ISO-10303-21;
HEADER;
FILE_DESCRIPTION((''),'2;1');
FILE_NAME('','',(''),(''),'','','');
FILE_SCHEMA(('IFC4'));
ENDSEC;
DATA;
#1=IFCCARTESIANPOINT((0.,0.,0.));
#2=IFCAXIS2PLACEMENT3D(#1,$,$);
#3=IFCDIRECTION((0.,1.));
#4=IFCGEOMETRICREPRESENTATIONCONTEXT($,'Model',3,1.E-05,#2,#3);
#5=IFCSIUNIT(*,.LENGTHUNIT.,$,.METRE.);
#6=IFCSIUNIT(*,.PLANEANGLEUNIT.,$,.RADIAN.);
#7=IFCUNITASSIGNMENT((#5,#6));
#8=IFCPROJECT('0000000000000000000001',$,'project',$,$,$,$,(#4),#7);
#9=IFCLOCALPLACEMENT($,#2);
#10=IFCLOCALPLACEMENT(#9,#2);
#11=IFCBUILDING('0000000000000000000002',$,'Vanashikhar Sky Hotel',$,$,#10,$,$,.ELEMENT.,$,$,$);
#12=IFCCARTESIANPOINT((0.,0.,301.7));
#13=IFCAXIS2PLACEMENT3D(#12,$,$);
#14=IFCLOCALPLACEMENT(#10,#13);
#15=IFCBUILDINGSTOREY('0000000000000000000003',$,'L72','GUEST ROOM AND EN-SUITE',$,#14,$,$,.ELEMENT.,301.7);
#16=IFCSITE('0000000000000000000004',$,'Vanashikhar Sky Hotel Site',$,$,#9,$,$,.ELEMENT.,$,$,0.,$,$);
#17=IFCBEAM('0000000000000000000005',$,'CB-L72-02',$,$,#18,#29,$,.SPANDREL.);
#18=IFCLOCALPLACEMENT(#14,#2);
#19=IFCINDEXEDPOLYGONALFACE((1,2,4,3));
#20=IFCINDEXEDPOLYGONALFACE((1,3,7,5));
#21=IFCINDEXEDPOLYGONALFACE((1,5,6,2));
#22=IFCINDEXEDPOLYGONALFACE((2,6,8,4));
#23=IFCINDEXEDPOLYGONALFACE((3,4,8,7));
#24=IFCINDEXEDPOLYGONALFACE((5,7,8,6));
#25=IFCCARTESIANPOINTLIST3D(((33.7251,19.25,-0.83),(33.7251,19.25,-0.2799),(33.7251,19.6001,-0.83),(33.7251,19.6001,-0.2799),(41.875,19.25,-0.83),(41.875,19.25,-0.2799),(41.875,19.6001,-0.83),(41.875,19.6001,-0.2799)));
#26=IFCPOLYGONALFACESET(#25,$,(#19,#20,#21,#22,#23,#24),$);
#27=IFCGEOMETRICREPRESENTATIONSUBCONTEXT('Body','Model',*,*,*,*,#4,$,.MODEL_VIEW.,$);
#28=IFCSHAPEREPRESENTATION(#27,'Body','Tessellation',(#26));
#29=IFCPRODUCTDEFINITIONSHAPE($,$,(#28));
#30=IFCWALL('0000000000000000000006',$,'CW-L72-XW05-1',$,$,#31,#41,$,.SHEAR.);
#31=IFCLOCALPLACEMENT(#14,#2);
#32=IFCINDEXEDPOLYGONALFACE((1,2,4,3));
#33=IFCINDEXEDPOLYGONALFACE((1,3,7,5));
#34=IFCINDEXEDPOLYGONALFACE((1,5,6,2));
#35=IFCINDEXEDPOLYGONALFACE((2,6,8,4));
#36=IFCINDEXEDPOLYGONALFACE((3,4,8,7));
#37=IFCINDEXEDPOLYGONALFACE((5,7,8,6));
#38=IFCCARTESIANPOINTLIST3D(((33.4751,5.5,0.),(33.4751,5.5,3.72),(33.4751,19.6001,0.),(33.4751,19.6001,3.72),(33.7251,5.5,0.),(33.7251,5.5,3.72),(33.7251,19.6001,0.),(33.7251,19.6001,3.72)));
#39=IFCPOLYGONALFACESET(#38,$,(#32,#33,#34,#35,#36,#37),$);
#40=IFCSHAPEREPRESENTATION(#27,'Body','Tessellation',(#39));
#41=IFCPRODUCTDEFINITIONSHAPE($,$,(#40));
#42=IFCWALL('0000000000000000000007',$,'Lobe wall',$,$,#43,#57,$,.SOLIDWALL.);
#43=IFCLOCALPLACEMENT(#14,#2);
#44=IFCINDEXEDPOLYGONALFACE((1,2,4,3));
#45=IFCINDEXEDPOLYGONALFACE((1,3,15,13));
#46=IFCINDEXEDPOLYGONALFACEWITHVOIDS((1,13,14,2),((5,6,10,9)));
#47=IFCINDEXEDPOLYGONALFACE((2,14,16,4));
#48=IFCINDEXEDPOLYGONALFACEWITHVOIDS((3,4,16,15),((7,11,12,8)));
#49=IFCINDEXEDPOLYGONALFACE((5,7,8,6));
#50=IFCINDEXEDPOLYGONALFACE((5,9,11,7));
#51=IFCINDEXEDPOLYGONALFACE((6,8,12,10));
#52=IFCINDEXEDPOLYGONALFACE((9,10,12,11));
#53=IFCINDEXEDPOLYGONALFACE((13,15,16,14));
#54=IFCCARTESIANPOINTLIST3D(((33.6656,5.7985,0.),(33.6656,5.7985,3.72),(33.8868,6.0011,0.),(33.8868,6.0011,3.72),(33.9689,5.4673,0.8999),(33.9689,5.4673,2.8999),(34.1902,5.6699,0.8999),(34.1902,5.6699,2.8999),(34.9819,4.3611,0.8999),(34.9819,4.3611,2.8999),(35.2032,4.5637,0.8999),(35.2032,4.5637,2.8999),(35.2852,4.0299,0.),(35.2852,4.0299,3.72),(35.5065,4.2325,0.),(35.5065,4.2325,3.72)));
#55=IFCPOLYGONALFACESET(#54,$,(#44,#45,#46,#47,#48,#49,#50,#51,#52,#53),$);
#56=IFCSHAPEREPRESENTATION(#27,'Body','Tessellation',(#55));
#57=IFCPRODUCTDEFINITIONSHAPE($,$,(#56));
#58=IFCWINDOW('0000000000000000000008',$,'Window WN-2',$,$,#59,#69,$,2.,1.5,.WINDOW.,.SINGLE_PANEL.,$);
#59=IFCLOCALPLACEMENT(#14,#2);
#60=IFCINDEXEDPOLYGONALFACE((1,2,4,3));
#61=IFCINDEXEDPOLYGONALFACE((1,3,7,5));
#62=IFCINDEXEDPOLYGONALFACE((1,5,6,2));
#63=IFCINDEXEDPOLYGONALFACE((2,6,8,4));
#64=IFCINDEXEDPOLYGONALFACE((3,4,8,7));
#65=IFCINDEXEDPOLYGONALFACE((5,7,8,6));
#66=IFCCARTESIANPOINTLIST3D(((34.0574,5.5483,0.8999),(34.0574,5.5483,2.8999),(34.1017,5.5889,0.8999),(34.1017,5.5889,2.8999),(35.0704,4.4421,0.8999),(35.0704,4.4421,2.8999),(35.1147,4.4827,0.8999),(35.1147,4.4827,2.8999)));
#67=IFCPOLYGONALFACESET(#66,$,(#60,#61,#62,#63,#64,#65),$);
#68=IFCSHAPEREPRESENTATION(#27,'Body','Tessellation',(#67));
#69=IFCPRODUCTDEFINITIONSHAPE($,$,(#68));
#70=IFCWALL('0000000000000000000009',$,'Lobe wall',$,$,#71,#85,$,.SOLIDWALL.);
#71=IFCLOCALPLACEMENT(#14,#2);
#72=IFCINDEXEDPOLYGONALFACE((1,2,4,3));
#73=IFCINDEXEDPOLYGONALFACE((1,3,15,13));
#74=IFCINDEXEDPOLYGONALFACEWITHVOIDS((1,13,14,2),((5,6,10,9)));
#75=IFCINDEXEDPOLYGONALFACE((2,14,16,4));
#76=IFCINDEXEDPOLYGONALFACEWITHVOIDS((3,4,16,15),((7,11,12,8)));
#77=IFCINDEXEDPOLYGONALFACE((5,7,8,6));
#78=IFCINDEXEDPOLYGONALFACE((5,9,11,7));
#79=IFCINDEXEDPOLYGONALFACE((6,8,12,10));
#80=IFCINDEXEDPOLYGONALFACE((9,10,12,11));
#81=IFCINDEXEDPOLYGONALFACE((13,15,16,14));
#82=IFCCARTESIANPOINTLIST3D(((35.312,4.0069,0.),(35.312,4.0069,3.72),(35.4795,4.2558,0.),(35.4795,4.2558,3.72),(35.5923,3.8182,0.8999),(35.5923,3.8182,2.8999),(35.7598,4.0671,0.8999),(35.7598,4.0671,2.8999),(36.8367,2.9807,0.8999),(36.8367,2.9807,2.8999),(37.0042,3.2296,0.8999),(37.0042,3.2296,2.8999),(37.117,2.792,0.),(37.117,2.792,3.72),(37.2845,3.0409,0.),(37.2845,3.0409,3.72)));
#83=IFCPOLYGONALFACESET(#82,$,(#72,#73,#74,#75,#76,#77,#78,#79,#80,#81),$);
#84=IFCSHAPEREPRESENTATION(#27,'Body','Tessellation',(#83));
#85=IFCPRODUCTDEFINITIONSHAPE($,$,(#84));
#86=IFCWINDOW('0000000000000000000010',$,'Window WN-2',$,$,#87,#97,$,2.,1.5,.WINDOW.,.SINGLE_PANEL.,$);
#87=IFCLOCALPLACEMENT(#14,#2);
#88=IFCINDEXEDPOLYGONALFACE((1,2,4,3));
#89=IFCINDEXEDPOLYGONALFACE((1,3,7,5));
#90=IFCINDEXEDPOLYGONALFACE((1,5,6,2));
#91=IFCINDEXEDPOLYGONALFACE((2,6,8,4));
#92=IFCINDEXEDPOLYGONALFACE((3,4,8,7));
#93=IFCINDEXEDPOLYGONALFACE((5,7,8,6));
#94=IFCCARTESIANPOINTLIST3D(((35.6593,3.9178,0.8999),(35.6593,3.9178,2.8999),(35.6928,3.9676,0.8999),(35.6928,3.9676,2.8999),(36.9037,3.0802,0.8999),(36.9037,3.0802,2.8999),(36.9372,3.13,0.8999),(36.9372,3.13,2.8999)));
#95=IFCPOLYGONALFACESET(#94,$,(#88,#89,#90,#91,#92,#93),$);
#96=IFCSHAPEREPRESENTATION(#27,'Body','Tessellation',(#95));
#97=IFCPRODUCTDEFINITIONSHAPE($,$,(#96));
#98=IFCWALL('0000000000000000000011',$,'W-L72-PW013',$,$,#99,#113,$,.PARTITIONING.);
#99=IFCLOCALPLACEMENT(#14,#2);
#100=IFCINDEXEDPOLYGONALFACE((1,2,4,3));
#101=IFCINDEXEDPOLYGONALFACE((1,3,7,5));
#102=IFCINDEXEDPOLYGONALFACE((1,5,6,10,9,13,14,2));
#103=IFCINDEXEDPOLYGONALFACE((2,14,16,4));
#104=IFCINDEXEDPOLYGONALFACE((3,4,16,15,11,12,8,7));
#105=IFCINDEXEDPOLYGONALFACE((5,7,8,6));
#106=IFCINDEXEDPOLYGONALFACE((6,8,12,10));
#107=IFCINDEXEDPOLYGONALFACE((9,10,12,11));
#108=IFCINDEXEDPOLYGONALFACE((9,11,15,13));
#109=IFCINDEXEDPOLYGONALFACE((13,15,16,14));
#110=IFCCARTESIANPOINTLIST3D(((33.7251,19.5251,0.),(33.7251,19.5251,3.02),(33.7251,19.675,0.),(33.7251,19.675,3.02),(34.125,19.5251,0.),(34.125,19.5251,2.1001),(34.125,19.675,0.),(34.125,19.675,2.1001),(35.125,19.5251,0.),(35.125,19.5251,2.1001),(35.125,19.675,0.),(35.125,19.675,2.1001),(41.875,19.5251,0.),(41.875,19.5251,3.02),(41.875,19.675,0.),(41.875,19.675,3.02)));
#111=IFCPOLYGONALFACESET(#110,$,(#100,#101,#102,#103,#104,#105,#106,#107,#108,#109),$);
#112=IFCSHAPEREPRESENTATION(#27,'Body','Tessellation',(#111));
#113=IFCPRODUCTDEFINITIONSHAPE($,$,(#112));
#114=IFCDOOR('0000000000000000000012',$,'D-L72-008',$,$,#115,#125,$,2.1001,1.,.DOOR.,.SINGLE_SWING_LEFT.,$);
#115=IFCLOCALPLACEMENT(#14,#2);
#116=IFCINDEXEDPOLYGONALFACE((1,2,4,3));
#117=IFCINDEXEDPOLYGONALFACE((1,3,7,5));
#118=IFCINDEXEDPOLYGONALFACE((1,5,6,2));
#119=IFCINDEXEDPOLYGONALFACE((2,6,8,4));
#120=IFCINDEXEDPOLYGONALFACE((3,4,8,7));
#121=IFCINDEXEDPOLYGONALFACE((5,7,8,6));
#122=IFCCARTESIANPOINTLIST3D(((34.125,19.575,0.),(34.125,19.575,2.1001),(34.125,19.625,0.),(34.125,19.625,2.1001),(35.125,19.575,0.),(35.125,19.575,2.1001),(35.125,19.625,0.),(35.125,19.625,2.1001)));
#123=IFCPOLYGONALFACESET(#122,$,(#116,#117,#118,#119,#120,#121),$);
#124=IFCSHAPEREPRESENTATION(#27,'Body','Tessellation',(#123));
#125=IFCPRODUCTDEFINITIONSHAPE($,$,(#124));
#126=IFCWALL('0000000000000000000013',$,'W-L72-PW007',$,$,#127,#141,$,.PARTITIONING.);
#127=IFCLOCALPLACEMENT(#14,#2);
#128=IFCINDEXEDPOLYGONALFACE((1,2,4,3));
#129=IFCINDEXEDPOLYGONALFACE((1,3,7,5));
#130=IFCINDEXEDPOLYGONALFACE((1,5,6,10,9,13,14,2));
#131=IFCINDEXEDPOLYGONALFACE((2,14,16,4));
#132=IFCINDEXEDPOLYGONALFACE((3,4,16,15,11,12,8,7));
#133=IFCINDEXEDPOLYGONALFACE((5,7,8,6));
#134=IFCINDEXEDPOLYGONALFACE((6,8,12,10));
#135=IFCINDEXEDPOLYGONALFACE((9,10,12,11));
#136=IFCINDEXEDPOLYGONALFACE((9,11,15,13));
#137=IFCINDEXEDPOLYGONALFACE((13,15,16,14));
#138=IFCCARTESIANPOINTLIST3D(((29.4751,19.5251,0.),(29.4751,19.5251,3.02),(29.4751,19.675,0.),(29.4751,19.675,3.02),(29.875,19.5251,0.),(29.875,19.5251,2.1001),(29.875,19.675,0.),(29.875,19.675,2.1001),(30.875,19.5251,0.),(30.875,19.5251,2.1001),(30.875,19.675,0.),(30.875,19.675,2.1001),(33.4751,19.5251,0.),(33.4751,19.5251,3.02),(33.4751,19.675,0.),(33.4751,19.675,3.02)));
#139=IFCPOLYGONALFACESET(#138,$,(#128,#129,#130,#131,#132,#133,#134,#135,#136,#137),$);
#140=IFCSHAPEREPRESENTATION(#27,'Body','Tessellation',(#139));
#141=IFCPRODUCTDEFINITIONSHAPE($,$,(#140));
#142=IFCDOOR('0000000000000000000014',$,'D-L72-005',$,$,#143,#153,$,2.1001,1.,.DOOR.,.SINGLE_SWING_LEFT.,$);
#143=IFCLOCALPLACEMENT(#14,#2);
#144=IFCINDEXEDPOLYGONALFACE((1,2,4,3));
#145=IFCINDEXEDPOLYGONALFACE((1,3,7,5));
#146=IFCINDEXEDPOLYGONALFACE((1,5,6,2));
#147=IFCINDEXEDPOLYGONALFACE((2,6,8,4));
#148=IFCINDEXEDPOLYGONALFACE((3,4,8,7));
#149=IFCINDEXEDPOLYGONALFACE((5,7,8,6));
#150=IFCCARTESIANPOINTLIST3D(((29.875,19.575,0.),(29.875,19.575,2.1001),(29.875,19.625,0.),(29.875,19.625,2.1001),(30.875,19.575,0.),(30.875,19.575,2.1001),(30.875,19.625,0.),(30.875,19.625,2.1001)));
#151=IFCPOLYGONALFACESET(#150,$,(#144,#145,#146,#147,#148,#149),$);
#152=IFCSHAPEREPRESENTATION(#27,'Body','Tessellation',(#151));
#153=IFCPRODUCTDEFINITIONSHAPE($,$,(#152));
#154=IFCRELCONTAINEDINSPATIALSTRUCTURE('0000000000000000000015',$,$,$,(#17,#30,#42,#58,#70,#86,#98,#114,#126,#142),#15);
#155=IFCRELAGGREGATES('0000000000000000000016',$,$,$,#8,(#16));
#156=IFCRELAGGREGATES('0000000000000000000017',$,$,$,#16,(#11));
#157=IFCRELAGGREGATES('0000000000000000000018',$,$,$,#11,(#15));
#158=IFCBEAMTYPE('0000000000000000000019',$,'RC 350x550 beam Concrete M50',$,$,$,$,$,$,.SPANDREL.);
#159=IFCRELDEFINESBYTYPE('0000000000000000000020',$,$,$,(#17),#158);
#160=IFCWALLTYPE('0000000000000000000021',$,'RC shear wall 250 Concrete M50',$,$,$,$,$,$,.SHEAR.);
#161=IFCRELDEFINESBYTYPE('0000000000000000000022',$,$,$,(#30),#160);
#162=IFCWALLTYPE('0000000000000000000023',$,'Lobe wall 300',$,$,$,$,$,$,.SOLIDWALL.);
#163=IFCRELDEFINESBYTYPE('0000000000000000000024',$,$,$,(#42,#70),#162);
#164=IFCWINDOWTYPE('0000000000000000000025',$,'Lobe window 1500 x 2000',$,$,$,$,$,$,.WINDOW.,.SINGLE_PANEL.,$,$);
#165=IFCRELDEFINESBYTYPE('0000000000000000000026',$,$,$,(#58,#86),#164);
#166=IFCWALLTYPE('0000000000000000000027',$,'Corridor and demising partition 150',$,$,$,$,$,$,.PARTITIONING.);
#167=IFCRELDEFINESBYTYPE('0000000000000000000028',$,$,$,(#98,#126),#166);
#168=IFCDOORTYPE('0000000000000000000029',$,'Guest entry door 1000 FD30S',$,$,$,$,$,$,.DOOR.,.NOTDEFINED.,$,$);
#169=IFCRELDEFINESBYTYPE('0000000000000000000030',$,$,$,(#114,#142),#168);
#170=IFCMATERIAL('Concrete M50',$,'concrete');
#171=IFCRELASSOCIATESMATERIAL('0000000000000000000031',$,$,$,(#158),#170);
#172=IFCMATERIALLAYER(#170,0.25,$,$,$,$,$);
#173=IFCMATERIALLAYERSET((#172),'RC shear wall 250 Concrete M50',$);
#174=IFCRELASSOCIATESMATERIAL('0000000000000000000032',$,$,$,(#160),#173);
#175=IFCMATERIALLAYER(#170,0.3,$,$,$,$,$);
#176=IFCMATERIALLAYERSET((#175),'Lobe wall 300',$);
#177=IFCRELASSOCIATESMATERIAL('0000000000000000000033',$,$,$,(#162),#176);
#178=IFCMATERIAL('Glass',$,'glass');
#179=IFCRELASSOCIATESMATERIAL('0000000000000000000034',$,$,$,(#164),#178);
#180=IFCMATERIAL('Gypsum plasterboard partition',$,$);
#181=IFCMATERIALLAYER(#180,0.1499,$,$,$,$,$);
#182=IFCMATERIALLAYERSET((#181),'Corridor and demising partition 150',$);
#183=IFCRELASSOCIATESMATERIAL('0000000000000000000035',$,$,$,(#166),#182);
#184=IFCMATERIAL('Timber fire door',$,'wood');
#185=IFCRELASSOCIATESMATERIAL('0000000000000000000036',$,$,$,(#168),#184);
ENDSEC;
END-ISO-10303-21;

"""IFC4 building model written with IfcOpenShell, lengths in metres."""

from ifc_helpers import new_model, si_unit, direction, frame, frame_2d, origin, origin_2d, place, context, subcontext, project, spatial, rectangle, extrude, source, transform, mapped, material, layer, layer_set, material_profile, profile_set, type_object, element, fill, save


model = new_model("IFC4")

# Units and contexts
model_context = context("Model", 3, precision=1e-05, world=origin(), true_north=direction((0.0, 1.0)))
body_context = subcontext(model_context, "Body", "Model", "MODEL_VIEW")
ifc_project = project(units=[si_unit("LENGTHUNIT", "METRE"), si_unit("PLANEANGLEUNIT", "RADIAN")], contexts=[model_context])

# Site, building, storey
site_placement = place(None, origin())
site = spatial("IfcSite", under=ifc_project, at=site_placement, Name="Vanashikhar Sky Hotel Site", CompositionType="ELEMENT", RefElevation=0.0)
building_placement = place(site_placement, origin())
building = spatial("IfcBuilding", under=site, at=building_placement, Name="Vanashikhar Sky Hotel", CompositionType="ELEMENT")
storey_placement = place(building_placement, frame((0.0, 0.0, 301.7)))
storey = spatial("IfcBuildingStorey", under=building, at=storey_placement, Name="L72", Description="GUEST ROOM AND EN-SUITE", CompositionType="ELEMENT", Elevation=301.7)

# Beam
ifc_material_1 = material(Name="Concrete M50", Category="concrete")
ifc_material_profile_1 = material_profile(ifc_material_1, rectangle(XDim=0.3501, YDim=0.55, at=origin_2d()))
ifc_profile_set_1 = profile_set([ifc_material_profile_1], Name="RC 350x550 beam Concrete M50")
beam_type = type_object("IfcBeamType", Name="RC 350x550 beam Concrete M50", PredefinedType="SPANDREL", material=ifc_profile_set_1)
shared_shape_1 = source(origin(), body_context, "Body", "SweptSolid", [
    extrude(rectangle(XDim=0.3501, YDim=0.55, at=origin_2d()), origin(), (0.0, 0.0, 1.0), 8.1499),
])
beam_placement = place(storey_placement, frame((33.7251, 19.425, -0.5549), z_axis=(1.0, 0.0, 0.0), x_axis=(0.0, 1.0, 0.0)))
element("IfcBeam", 1, at=beam_placement, inside=storey, type_object=beam_type, Name="CB-L72-02", PredefinedType="SPANDREL", context=body_context, shape_type="MappedRepresentation", body=[
    mapped(shared_shape_1, transform((0.0, 0.0, 0.0), scale=1.0)),
])

# Wall
ifc_layer_1 = layer(ifc_material_1, 0.25)
ifc_layer_set_1 = layer_set([ifc_layer_1], Name="RC shear wall 250 Concrete M50")
wall_type_1 = type_object("IfcWallType", Name="RC shear wall 250 Concrete M50", PredefinedType="SHEAR", material=ifc_layer_set_1)
shared_shape_2 = source(origin(), body_context, "Body", "SweptSolid", [
    extrude(rectangle(XDim=14.1001, YDim=0.25, at=frame_2d((7.05, 0.0))), origin(), (0.0, 0.0, 1.0), 3.72),
])
wall_1_placement = place(storey_placement, frame((33.6001, 5.5, 0.0), z_axis=(0.0, 0.0, 1.0), x_axis=(0.0, 1.0, 0.0)))
element("IfcWall", 2, at=wall_1_placement, inside=storey, type_object=wall_type_1, Name="CW-L72-XW05-1", PredefinedType="SHEAR", context=body_context, shape_type="MappedRepresentation", body=[
    mapped(shared_shape_2, transform((0.0, 0.0, 0.0), scale=1.0)),
])

# Walls, openings, windows
ifc_layer_2 = layer(ifc_material_1, 0.3)
ifc_layer_set_2 = layer_set([ifc_layer_2], Name="Lobe wall 300")
wall_type_2 = type_object("IfcWallType", Name="Lobe wall 300", PredefinedType="SOLIDWALL", material=ifc_layer_set_2)
shared_shape_3 = source(origin(), body_context, "Body", "SweptSolid", [
    extrude(rectangle(XDim=2.3982, YDim=0.3, at=frame_2d((1.1992, 0.0))), origin(), (0.0, 0.0, 1.0), 3.72),
])
wall_2_placement = place(storey_placement, frame((33.7761, 5.8999, 0.0), z_axis=(0.0, 0.0, 1.0), x_axis=(0.675374, -0.737475, 0.0)))
wall_2 = element("IfcWall", 3, at=wall_2_placement, inside=storey, type_object=wall_type_2, Name="Lobe wall", PredefinedType="SOLIDWALL", context=body_context, shape_type="MappedRepresentation", body=[
    mapped(shared_shape_3, transform((0.0, 0.0, 0.0), scale=1.0)),
])
shared_shape_4 = source(origin(), body_context, "Body", "SweptSolid", [
    extrude(rectangle(XDim=1.5, YDim=2.0, at=frame_2d((0.75, 1.0))), frame((0.0, 0.1602, 0.0), z_axis=(0.0, -1.0, 0.0), x_axis=(1.0, 0.0, 0.0)), (0.0, 0.0, 1.0), 0.3201),
])
opening_1_placement = place(wall_2_placement, frame((0.4492, 0.0, 0.8999)))
opening_1 = element("IfcOpeningElement", 4, at=opening_1_placement, cuts=wall_2, PredefinedType="OPENING", context=body_context, shape_type="MappedRepresentation", body=[
    mapped(shared_shape_4, transform((0.0, 0.0, 0.0), scale=1.0)),
])
ifc_material_2 = material(Name="Glass", Category="glass")
window_type = type_object("IfcWindowType", Name="Lobe window 1500 x 2000", PartitioningType="SINGLE_PANEL", PredefinedType="WINDOW", material=ifc_material_2)
shared_shape_5 = source(origin(), body_context, "Body", "SweptSolid", [
    extrude(rectangle(XDim=1.5, YDim=2.0, at=frame_2d((0.75, 1.0))), frame((0.0, 0.03, 0.0), z_axis=(0.0, -1.0, 0.0), x_axis=(1.0, 0.0, 0.0)), (0.0, 0.0, 1.0), 0.0601),
])
window_1_placement = place(opening_1_placement, origin())
window_1 = element("IfcWindow", 5, at=window_1_placement, inside=storey, type_object=window_type, Name="Window WN-2", OverallHeight=2.0, OverallWidth=1.5, PartitioningType="SINGLE_PANEL", PredefinedType="WINDOW", context=body_context, shape_type="MappedRepresentation", body=[
    mapped(shared_shape_5, transform((0.0, 0.0, 0.0), scale=1.0)),
])
fill(opening_1, window_1)
shared_shape_6 = source(origin(), body_context, "Body", "SweptSolid", [
    extrude(rectangle(XDim=2.1758, YDim=0.3, at=frame_2d((1.0879, 0.0))), origin(), (0.0, 0.0, 1.0), 3.72),
])
wall_3_placement = place(storey_placement, frame((35.3958, 4.1313, 0.0), z_axis=(0.0, 0.0, 1.0), x_axis=(0.829591, -0.558372, 0.0)))
wall_3 = element("IfcWall", 6, at=wall_3_placement, inside=storey, type_object=wall_type_2, Name="Lobe wall", PredefinedType="SOLIDWALL", context=body_context, shape_type="MappedRepresentation", body=[
    mapped(shared_shape_6, transform((0.0, 0.0, 0.0), scale=1.0)),
])
opening_2_placement = place(wall_3_placement, frame((0.3379, 0.0, 0.8999)))
opening_2 = element("IfcOpeningElement", 7, at=opening_2_placement, cuts=wall_3, PredefinedType="OPENING", context=body_context, shape_type="MappedRepresentation", body=[
    mapped(shared_shape_4, transform((0.0, 0.0, 0.0), scale=1.0)),
])
window_2_placement = place(opening_2_placement, origin())
window_2 = element("IfcWindow", 8, at=window_2_placement, inside=storey, type_object=window_type, Name="Window WN-2", OverallHeight=2.0, OverallWidth=1.5, PartitioningType="SINGLE_PANEL", PredefinedType="WINDOW", context=body_context, shape_type="MappedRepresentation", body=[
    mapped(shared_shape_5, transform((0.0, 0.0, 0.0), scale=1.0)),
])
fill(opening_2, window_2)

# Walls, openings, doors
ifc_material_3 = material(Name="Gypsum plasterboard partition")
ifc_layer_3 = layer(ifc_material_3, 0.1499)
ifc_layer_set_3 = layer_set([ifc_layer_3], Name="Corridor and demising partition 150")
wall_type_3 = type_object("IfcWallType", Name="Corridor and demising partition 150", PredefinedType="PARTITIONING", material=ifc_layer_set_3)
shared_shape_7 = source(origin(), body_context, "Body", "SweptSolid", [
    extrude(rectangle(XDim=8.1499, YDim=0.1499, at=frame_2d((4.075, 0.0))), origin(), (0.0, 0.0, 1.0), 3.02),
])
wall_4_placement = place(storey_placement, frame((33.7251, 19.6001, 0.0), z_axis=(0.0, 0.0, 1.0), x_axis=(1.0, 0.0, 0.0)))
wall_4 = element("IfcWall", 9, at=wall_4_placement, inside=storey, type_object=wall_type_3, Name="W-L72-PW013", PredefinedType="PARTITIONING", context=body_context, shape_type="MappedRepresentation", body=[
    mapped(shared_shape_7, transform((0.0, 0.0, 0.0), scale=1.0)),
])
shared_shape_8 = source(origin(), body_context, "Body", "SweptSolid", [
    extrude(rectangle(XDim=1.0, YDim=2.1001, at=frame_2d((0.5, 1.05))), frame((0.0, 0.085, 0.0), z_axis=(0.0, -1.0, 0.0), x_axis=(1.0, 0.0, 0.0)), (0.0, 0.0, 1.0), 0.1699),
])
opening_3_placement = place(wall_4_placement, frame((0.3999, 0.0, 0.0)))
opening_3 = element("IfcOpeningElement", 10, at=opening_3_placement, cuts=wall_4, PredefinedType="OPENING", context=body_context, shape_type="MappedRepresentation", body=[
    mapped(shared_shape_8, transform((0.0, 0.0, 0.0), scale=1.0)),
])
ifc_material_4 = material(Name="Timber fire door", Category="wood")
door_type_1 = type_object("IfcDoorType", Name="Guest entry door 1000 FD30S", OperationType="NOTDEFINED", PredefinedType="DOOR", material=ifc_material_4)
shared_shape_9 = source(origin(), body_context, "Body", "SweptSolid", [
    extrude(rectangle(XDim=1.0, YDim=2.1001, at=frame_2d((0.5, 1.05))), frame((0.0, 0.0249, 0.0), z_axis=(0.0, -1.0, 0.0), x_axis=(1.0, 0.0, 0.0)), (0.0, 0.0, 1.0), 0.05),
])
door_1_placement = place(opening_3_placement, origin())
door_1 = element("IfcDoor", 11, at=door_1_placement, inside=storey, type_object=door_type_1, Name="D-L72-008", OperationType="SINGLE_SWING_LEFT", OverallHeight=2.1001, OverallWidth=1.0, PredefinedType="DOOR", context=body_context, shape_type="MappedRepresentation", body=[
    mapped(shared_shape_9, transform((0.0, 0.0, 0.0), scale=1.0)),
])
fill(opening_3, door_1)
shared_shape_10 = source(origin(), body_context, "Body", "SweptSolid", [
    extrude(rectangle(XDim=4.0, YDim=0.1499, at=frame_2d((2.0, 0.0))), origin(), (0.0, 0.0, 1.0), 3.02),
])
wall_5_placement = place(storey_placement, frame((29.4751, 19.6001, 0.0), z_axis=(0.0, 0.0, 1.0), x_axis=(1.0, 0.0, 0.0)))
wall_5 = element("IfcWall", 12, at=wall_5_placement, inside=storey, type_object=wall_type_3, Name="W-L72-PW007", PredefinedType="PARTITIONING", context=body_context, shape_type="MappedRepresentation", body=[
    mapped(shared_shape_10, transform((0.0, 0.0, 0.0), scale=1.0)),
])
opening_4_placement = place(wall_5_placement, frame((0.3999, 0.0, 0.0)))
opening_4 = element("IfcOpeningElement", 13, at=opening_4_placement, cuts=wall_5, PredefinedType="OPENING", context=body_context, shape_type="MappedRepresentation", body=[
    mapped(shared_shape_8, transform((0.0, 0.0, 0.0), scale=1.0)),
])
door_2_placement = place(opening_4_placement, origin())
door_2 = element("IfcDoor", 14, at=door_2_placement, inside=storey, type_object=door_type_1, Name="D-L72-005", OperationType="SINGLE_SWING_LEFT", OverallHeight=2.1001, OverallWidth=1.0, PredefinedType="DOOR", context=body_context, shape_type="MappedRepresentation", body=[
    mapped(shared_shape_9, transform((0.0, 0.0, 0.0), scale=1.0)),
])
fill(opening_4, door_2)

save(model, "model.ifc")
